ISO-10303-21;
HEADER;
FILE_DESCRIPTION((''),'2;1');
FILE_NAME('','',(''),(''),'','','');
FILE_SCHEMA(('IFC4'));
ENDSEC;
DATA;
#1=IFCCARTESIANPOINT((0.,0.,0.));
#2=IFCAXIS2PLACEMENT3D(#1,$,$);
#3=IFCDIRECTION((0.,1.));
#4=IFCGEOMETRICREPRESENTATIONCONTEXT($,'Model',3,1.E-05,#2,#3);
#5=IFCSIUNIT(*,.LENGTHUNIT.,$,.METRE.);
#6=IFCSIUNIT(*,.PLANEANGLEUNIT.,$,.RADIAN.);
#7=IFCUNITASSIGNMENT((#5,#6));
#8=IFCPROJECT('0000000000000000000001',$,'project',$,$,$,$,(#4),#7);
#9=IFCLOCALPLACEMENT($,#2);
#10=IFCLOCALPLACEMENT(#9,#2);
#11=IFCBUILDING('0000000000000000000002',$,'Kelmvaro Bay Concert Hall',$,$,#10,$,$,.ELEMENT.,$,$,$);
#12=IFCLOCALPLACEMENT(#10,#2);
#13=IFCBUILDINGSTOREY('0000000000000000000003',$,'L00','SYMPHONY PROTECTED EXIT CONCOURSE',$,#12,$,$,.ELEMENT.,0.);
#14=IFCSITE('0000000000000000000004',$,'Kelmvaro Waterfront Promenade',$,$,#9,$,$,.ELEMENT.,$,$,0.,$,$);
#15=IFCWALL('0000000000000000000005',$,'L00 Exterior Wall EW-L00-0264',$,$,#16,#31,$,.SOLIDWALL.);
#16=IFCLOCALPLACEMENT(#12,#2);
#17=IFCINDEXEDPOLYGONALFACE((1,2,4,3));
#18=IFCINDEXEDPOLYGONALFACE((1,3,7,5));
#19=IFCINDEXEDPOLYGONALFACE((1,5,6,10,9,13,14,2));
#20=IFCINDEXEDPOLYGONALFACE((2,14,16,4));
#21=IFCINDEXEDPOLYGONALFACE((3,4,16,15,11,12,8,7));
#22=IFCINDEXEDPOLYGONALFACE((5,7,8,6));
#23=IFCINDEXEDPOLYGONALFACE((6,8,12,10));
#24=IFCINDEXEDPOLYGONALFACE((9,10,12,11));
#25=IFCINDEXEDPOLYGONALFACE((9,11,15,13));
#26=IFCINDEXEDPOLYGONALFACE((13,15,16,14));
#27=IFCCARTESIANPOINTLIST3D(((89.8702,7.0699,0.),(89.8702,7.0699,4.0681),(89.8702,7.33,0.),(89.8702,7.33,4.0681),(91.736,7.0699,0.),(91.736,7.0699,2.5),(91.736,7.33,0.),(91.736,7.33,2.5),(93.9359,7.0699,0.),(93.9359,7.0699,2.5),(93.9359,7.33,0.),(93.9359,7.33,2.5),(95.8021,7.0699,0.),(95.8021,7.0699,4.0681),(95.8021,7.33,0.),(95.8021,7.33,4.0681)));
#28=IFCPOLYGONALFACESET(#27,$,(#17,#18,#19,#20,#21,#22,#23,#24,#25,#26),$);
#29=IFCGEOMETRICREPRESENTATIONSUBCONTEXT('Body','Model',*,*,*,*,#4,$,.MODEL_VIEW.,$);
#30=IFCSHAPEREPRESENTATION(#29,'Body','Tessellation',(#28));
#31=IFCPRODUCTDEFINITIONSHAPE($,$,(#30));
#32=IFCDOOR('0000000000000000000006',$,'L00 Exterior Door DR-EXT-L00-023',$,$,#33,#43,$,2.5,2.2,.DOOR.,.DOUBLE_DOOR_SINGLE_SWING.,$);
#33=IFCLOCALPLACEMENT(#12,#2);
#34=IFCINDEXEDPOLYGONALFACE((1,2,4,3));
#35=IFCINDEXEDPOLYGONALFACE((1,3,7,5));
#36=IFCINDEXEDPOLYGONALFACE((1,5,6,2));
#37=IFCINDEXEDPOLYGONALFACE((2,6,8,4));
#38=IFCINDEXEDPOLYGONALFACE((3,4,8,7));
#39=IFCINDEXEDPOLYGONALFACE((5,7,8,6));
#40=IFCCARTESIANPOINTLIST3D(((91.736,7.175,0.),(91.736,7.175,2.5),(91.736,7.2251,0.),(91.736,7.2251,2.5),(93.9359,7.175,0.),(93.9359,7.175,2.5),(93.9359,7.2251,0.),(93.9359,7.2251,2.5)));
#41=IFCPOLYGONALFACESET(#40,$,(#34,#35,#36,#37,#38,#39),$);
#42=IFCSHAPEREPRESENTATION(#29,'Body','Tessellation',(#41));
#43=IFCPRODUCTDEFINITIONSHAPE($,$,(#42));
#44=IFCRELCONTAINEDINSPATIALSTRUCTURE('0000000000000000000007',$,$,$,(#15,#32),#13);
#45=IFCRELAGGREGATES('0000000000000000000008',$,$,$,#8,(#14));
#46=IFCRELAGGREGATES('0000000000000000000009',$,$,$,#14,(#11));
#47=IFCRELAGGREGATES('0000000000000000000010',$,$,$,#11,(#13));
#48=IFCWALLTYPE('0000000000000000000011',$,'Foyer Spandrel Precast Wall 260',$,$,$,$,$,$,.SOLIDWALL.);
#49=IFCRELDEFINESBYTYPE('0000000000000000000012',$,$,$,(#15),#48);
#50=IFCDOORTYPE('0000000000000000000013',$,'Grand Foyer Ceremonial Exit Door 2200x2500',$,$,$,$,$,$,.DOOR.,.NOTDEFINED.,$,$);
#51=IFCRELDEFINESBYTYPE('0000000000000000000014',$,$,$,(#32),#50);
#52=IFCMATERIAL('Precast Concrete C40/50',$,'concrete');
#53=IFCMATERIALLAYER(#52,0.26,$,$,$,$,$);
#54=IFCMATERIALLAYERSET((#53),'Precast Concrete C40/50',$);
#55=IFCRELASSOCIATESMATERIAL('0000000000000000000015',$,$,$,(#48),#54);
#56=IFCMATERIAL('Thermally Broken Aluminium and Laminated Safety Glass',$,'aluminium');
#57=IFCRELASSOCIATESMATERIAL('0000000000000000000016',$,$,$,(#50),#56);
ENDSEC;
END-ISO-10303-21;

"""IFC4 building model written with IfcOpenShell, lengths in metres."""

from ifc_helpers import new_model, si_unit, direction, frame, frame_2d, origin, place, context, subcontext, project, spatial, rectangle, extrude, material, layer, layer_set, type_object, element, fill, save


model = new_model("IFC4")

# Units and contexts
model_context = context("Model", 3, precision=1e-05, world=origin(), true_north=direction((0.0, 1.0)))
body_context = subcontext(model_context, "Body", "Model", "MODEL_VIEW")
ifc_project = project(units=[si_unit("LENGTHUNIT", "METRE"), si_unit("PLANEANGLEUNIT", "RADIAN")], contexts=[model_context])

# Site, building, storey
site_placement = place(None, origin())
site = spatial("IfcSite", under=ifc_project, at=site_placement, Name="Kelmvaro Waterfront Promenade", CompositionType="ELEMENT", RefElevation=0.0)
building_placement = place(site_placement, origin())
building = spatial("IfcBuilding", under=site, at=building_placement, Name="Kelmvaro Bay Concert Hall", CompositionType="ELEMENT")
storey_placement = place(building_placement, origin())
storey = spatial("IfcBuildingStorey", under=building, at=storey_placement, Name="L00", Description="SYMPHONY PROTECTED EXIT CONCOURSE", CompositionType="ELEMENT", Elevation=0.0)

# Wall, opening, door
ifc_material_1 = material(Name="Precast Concrete C40/50", Category="concrete")
ifc_layer_1 = layer(ifc_material_1, 0.26)
ifc_layer_set_1 = layer_set([ifc_layer_1], Name="Precast Concrete C40/50")
wall_type = type_object("IfcWallType", Name="Foyer Spandrel Precast Wall 260", PredefinedType="SOLIDWALL", material=ifc_layer_set_1)
wall_placement = place(storey_placement, frame((95.802, 7.2, 0.0), z_axis=(0.0, 0.0, 1.0), x_axis=(-1.0, 0.0, 0.0)))
wall = element("IfcWall", 1, at=wall_placement, inside=storey, type_object=wall_type, Name="L00 Exterior Wall EW-L00-0264", PredefinedType="SOLIDWALL", context=body_context, shape_type="SweptSolid", body=[
    extrude(rectangle(XDim=5.9319, YDim=0.26, at=frame_2d((2.9658, 0.0))), origin(), (0.0, 0.0, 1.0), 4.0681),
])
opening_placement = place(wall_placement, frame((1.866, 0.0, 0.0)))
opening = element("IfcOpeningElement", 2, at=opening_placement, cuts=wall, PredefinedType="OPENING", context=body_context, shape_type="SweptSolid", body=[
    extrude(rectangle(XDim=2.2, YDim=2.5, at=frame_2d((1.1001, 1.25))), frame((0.0, 0.1399, 0.0), z_axis=(0.0, -1.0, 0.0), x_axis=(1.0, 0.0, 0.0)), (0.0, 0.0, 1.0), 0.28),
])
ifc_material_2 = material(Name="Thermally Broken Aluminium and Laminated Safety Glass", Category="aluminium")
door_type = type_object("IfcDoorType", Name="Grand Foyer Ceremonial Exit Door 2200x2500", OperationType="NOTDEFINED", PredefinedType="DOOR", material=ifc_material_2)
door_placement = place(opening_placement, origin())
door = element("IfcDoor", 3, at=door_placement, inside=storey, type_object=door_type, Name="L00 Exterior Door DR-EXT-L00-023", OperationType="DOUBLE_DOOR_SINGLE_SWING", OverallHeight=2.5, OverallWidth=2.2, PredefinedType="DOOR", context=body_context, shape_type="SweptSolid", body=[
    extrude(rectangle(XDim=2.2, YDim=2.5, at=frame_2d((1.1001, 1.25))), frame((0.0, 0.0249, 0.0), z_axis=(0.0, -1.0, 0.0), x_axis=(1.0, 0.0, 0.0)), (0.0, 0.0, 1.0), 0.05),
])
fill(opening, door)

save(model, "model.ifc")
